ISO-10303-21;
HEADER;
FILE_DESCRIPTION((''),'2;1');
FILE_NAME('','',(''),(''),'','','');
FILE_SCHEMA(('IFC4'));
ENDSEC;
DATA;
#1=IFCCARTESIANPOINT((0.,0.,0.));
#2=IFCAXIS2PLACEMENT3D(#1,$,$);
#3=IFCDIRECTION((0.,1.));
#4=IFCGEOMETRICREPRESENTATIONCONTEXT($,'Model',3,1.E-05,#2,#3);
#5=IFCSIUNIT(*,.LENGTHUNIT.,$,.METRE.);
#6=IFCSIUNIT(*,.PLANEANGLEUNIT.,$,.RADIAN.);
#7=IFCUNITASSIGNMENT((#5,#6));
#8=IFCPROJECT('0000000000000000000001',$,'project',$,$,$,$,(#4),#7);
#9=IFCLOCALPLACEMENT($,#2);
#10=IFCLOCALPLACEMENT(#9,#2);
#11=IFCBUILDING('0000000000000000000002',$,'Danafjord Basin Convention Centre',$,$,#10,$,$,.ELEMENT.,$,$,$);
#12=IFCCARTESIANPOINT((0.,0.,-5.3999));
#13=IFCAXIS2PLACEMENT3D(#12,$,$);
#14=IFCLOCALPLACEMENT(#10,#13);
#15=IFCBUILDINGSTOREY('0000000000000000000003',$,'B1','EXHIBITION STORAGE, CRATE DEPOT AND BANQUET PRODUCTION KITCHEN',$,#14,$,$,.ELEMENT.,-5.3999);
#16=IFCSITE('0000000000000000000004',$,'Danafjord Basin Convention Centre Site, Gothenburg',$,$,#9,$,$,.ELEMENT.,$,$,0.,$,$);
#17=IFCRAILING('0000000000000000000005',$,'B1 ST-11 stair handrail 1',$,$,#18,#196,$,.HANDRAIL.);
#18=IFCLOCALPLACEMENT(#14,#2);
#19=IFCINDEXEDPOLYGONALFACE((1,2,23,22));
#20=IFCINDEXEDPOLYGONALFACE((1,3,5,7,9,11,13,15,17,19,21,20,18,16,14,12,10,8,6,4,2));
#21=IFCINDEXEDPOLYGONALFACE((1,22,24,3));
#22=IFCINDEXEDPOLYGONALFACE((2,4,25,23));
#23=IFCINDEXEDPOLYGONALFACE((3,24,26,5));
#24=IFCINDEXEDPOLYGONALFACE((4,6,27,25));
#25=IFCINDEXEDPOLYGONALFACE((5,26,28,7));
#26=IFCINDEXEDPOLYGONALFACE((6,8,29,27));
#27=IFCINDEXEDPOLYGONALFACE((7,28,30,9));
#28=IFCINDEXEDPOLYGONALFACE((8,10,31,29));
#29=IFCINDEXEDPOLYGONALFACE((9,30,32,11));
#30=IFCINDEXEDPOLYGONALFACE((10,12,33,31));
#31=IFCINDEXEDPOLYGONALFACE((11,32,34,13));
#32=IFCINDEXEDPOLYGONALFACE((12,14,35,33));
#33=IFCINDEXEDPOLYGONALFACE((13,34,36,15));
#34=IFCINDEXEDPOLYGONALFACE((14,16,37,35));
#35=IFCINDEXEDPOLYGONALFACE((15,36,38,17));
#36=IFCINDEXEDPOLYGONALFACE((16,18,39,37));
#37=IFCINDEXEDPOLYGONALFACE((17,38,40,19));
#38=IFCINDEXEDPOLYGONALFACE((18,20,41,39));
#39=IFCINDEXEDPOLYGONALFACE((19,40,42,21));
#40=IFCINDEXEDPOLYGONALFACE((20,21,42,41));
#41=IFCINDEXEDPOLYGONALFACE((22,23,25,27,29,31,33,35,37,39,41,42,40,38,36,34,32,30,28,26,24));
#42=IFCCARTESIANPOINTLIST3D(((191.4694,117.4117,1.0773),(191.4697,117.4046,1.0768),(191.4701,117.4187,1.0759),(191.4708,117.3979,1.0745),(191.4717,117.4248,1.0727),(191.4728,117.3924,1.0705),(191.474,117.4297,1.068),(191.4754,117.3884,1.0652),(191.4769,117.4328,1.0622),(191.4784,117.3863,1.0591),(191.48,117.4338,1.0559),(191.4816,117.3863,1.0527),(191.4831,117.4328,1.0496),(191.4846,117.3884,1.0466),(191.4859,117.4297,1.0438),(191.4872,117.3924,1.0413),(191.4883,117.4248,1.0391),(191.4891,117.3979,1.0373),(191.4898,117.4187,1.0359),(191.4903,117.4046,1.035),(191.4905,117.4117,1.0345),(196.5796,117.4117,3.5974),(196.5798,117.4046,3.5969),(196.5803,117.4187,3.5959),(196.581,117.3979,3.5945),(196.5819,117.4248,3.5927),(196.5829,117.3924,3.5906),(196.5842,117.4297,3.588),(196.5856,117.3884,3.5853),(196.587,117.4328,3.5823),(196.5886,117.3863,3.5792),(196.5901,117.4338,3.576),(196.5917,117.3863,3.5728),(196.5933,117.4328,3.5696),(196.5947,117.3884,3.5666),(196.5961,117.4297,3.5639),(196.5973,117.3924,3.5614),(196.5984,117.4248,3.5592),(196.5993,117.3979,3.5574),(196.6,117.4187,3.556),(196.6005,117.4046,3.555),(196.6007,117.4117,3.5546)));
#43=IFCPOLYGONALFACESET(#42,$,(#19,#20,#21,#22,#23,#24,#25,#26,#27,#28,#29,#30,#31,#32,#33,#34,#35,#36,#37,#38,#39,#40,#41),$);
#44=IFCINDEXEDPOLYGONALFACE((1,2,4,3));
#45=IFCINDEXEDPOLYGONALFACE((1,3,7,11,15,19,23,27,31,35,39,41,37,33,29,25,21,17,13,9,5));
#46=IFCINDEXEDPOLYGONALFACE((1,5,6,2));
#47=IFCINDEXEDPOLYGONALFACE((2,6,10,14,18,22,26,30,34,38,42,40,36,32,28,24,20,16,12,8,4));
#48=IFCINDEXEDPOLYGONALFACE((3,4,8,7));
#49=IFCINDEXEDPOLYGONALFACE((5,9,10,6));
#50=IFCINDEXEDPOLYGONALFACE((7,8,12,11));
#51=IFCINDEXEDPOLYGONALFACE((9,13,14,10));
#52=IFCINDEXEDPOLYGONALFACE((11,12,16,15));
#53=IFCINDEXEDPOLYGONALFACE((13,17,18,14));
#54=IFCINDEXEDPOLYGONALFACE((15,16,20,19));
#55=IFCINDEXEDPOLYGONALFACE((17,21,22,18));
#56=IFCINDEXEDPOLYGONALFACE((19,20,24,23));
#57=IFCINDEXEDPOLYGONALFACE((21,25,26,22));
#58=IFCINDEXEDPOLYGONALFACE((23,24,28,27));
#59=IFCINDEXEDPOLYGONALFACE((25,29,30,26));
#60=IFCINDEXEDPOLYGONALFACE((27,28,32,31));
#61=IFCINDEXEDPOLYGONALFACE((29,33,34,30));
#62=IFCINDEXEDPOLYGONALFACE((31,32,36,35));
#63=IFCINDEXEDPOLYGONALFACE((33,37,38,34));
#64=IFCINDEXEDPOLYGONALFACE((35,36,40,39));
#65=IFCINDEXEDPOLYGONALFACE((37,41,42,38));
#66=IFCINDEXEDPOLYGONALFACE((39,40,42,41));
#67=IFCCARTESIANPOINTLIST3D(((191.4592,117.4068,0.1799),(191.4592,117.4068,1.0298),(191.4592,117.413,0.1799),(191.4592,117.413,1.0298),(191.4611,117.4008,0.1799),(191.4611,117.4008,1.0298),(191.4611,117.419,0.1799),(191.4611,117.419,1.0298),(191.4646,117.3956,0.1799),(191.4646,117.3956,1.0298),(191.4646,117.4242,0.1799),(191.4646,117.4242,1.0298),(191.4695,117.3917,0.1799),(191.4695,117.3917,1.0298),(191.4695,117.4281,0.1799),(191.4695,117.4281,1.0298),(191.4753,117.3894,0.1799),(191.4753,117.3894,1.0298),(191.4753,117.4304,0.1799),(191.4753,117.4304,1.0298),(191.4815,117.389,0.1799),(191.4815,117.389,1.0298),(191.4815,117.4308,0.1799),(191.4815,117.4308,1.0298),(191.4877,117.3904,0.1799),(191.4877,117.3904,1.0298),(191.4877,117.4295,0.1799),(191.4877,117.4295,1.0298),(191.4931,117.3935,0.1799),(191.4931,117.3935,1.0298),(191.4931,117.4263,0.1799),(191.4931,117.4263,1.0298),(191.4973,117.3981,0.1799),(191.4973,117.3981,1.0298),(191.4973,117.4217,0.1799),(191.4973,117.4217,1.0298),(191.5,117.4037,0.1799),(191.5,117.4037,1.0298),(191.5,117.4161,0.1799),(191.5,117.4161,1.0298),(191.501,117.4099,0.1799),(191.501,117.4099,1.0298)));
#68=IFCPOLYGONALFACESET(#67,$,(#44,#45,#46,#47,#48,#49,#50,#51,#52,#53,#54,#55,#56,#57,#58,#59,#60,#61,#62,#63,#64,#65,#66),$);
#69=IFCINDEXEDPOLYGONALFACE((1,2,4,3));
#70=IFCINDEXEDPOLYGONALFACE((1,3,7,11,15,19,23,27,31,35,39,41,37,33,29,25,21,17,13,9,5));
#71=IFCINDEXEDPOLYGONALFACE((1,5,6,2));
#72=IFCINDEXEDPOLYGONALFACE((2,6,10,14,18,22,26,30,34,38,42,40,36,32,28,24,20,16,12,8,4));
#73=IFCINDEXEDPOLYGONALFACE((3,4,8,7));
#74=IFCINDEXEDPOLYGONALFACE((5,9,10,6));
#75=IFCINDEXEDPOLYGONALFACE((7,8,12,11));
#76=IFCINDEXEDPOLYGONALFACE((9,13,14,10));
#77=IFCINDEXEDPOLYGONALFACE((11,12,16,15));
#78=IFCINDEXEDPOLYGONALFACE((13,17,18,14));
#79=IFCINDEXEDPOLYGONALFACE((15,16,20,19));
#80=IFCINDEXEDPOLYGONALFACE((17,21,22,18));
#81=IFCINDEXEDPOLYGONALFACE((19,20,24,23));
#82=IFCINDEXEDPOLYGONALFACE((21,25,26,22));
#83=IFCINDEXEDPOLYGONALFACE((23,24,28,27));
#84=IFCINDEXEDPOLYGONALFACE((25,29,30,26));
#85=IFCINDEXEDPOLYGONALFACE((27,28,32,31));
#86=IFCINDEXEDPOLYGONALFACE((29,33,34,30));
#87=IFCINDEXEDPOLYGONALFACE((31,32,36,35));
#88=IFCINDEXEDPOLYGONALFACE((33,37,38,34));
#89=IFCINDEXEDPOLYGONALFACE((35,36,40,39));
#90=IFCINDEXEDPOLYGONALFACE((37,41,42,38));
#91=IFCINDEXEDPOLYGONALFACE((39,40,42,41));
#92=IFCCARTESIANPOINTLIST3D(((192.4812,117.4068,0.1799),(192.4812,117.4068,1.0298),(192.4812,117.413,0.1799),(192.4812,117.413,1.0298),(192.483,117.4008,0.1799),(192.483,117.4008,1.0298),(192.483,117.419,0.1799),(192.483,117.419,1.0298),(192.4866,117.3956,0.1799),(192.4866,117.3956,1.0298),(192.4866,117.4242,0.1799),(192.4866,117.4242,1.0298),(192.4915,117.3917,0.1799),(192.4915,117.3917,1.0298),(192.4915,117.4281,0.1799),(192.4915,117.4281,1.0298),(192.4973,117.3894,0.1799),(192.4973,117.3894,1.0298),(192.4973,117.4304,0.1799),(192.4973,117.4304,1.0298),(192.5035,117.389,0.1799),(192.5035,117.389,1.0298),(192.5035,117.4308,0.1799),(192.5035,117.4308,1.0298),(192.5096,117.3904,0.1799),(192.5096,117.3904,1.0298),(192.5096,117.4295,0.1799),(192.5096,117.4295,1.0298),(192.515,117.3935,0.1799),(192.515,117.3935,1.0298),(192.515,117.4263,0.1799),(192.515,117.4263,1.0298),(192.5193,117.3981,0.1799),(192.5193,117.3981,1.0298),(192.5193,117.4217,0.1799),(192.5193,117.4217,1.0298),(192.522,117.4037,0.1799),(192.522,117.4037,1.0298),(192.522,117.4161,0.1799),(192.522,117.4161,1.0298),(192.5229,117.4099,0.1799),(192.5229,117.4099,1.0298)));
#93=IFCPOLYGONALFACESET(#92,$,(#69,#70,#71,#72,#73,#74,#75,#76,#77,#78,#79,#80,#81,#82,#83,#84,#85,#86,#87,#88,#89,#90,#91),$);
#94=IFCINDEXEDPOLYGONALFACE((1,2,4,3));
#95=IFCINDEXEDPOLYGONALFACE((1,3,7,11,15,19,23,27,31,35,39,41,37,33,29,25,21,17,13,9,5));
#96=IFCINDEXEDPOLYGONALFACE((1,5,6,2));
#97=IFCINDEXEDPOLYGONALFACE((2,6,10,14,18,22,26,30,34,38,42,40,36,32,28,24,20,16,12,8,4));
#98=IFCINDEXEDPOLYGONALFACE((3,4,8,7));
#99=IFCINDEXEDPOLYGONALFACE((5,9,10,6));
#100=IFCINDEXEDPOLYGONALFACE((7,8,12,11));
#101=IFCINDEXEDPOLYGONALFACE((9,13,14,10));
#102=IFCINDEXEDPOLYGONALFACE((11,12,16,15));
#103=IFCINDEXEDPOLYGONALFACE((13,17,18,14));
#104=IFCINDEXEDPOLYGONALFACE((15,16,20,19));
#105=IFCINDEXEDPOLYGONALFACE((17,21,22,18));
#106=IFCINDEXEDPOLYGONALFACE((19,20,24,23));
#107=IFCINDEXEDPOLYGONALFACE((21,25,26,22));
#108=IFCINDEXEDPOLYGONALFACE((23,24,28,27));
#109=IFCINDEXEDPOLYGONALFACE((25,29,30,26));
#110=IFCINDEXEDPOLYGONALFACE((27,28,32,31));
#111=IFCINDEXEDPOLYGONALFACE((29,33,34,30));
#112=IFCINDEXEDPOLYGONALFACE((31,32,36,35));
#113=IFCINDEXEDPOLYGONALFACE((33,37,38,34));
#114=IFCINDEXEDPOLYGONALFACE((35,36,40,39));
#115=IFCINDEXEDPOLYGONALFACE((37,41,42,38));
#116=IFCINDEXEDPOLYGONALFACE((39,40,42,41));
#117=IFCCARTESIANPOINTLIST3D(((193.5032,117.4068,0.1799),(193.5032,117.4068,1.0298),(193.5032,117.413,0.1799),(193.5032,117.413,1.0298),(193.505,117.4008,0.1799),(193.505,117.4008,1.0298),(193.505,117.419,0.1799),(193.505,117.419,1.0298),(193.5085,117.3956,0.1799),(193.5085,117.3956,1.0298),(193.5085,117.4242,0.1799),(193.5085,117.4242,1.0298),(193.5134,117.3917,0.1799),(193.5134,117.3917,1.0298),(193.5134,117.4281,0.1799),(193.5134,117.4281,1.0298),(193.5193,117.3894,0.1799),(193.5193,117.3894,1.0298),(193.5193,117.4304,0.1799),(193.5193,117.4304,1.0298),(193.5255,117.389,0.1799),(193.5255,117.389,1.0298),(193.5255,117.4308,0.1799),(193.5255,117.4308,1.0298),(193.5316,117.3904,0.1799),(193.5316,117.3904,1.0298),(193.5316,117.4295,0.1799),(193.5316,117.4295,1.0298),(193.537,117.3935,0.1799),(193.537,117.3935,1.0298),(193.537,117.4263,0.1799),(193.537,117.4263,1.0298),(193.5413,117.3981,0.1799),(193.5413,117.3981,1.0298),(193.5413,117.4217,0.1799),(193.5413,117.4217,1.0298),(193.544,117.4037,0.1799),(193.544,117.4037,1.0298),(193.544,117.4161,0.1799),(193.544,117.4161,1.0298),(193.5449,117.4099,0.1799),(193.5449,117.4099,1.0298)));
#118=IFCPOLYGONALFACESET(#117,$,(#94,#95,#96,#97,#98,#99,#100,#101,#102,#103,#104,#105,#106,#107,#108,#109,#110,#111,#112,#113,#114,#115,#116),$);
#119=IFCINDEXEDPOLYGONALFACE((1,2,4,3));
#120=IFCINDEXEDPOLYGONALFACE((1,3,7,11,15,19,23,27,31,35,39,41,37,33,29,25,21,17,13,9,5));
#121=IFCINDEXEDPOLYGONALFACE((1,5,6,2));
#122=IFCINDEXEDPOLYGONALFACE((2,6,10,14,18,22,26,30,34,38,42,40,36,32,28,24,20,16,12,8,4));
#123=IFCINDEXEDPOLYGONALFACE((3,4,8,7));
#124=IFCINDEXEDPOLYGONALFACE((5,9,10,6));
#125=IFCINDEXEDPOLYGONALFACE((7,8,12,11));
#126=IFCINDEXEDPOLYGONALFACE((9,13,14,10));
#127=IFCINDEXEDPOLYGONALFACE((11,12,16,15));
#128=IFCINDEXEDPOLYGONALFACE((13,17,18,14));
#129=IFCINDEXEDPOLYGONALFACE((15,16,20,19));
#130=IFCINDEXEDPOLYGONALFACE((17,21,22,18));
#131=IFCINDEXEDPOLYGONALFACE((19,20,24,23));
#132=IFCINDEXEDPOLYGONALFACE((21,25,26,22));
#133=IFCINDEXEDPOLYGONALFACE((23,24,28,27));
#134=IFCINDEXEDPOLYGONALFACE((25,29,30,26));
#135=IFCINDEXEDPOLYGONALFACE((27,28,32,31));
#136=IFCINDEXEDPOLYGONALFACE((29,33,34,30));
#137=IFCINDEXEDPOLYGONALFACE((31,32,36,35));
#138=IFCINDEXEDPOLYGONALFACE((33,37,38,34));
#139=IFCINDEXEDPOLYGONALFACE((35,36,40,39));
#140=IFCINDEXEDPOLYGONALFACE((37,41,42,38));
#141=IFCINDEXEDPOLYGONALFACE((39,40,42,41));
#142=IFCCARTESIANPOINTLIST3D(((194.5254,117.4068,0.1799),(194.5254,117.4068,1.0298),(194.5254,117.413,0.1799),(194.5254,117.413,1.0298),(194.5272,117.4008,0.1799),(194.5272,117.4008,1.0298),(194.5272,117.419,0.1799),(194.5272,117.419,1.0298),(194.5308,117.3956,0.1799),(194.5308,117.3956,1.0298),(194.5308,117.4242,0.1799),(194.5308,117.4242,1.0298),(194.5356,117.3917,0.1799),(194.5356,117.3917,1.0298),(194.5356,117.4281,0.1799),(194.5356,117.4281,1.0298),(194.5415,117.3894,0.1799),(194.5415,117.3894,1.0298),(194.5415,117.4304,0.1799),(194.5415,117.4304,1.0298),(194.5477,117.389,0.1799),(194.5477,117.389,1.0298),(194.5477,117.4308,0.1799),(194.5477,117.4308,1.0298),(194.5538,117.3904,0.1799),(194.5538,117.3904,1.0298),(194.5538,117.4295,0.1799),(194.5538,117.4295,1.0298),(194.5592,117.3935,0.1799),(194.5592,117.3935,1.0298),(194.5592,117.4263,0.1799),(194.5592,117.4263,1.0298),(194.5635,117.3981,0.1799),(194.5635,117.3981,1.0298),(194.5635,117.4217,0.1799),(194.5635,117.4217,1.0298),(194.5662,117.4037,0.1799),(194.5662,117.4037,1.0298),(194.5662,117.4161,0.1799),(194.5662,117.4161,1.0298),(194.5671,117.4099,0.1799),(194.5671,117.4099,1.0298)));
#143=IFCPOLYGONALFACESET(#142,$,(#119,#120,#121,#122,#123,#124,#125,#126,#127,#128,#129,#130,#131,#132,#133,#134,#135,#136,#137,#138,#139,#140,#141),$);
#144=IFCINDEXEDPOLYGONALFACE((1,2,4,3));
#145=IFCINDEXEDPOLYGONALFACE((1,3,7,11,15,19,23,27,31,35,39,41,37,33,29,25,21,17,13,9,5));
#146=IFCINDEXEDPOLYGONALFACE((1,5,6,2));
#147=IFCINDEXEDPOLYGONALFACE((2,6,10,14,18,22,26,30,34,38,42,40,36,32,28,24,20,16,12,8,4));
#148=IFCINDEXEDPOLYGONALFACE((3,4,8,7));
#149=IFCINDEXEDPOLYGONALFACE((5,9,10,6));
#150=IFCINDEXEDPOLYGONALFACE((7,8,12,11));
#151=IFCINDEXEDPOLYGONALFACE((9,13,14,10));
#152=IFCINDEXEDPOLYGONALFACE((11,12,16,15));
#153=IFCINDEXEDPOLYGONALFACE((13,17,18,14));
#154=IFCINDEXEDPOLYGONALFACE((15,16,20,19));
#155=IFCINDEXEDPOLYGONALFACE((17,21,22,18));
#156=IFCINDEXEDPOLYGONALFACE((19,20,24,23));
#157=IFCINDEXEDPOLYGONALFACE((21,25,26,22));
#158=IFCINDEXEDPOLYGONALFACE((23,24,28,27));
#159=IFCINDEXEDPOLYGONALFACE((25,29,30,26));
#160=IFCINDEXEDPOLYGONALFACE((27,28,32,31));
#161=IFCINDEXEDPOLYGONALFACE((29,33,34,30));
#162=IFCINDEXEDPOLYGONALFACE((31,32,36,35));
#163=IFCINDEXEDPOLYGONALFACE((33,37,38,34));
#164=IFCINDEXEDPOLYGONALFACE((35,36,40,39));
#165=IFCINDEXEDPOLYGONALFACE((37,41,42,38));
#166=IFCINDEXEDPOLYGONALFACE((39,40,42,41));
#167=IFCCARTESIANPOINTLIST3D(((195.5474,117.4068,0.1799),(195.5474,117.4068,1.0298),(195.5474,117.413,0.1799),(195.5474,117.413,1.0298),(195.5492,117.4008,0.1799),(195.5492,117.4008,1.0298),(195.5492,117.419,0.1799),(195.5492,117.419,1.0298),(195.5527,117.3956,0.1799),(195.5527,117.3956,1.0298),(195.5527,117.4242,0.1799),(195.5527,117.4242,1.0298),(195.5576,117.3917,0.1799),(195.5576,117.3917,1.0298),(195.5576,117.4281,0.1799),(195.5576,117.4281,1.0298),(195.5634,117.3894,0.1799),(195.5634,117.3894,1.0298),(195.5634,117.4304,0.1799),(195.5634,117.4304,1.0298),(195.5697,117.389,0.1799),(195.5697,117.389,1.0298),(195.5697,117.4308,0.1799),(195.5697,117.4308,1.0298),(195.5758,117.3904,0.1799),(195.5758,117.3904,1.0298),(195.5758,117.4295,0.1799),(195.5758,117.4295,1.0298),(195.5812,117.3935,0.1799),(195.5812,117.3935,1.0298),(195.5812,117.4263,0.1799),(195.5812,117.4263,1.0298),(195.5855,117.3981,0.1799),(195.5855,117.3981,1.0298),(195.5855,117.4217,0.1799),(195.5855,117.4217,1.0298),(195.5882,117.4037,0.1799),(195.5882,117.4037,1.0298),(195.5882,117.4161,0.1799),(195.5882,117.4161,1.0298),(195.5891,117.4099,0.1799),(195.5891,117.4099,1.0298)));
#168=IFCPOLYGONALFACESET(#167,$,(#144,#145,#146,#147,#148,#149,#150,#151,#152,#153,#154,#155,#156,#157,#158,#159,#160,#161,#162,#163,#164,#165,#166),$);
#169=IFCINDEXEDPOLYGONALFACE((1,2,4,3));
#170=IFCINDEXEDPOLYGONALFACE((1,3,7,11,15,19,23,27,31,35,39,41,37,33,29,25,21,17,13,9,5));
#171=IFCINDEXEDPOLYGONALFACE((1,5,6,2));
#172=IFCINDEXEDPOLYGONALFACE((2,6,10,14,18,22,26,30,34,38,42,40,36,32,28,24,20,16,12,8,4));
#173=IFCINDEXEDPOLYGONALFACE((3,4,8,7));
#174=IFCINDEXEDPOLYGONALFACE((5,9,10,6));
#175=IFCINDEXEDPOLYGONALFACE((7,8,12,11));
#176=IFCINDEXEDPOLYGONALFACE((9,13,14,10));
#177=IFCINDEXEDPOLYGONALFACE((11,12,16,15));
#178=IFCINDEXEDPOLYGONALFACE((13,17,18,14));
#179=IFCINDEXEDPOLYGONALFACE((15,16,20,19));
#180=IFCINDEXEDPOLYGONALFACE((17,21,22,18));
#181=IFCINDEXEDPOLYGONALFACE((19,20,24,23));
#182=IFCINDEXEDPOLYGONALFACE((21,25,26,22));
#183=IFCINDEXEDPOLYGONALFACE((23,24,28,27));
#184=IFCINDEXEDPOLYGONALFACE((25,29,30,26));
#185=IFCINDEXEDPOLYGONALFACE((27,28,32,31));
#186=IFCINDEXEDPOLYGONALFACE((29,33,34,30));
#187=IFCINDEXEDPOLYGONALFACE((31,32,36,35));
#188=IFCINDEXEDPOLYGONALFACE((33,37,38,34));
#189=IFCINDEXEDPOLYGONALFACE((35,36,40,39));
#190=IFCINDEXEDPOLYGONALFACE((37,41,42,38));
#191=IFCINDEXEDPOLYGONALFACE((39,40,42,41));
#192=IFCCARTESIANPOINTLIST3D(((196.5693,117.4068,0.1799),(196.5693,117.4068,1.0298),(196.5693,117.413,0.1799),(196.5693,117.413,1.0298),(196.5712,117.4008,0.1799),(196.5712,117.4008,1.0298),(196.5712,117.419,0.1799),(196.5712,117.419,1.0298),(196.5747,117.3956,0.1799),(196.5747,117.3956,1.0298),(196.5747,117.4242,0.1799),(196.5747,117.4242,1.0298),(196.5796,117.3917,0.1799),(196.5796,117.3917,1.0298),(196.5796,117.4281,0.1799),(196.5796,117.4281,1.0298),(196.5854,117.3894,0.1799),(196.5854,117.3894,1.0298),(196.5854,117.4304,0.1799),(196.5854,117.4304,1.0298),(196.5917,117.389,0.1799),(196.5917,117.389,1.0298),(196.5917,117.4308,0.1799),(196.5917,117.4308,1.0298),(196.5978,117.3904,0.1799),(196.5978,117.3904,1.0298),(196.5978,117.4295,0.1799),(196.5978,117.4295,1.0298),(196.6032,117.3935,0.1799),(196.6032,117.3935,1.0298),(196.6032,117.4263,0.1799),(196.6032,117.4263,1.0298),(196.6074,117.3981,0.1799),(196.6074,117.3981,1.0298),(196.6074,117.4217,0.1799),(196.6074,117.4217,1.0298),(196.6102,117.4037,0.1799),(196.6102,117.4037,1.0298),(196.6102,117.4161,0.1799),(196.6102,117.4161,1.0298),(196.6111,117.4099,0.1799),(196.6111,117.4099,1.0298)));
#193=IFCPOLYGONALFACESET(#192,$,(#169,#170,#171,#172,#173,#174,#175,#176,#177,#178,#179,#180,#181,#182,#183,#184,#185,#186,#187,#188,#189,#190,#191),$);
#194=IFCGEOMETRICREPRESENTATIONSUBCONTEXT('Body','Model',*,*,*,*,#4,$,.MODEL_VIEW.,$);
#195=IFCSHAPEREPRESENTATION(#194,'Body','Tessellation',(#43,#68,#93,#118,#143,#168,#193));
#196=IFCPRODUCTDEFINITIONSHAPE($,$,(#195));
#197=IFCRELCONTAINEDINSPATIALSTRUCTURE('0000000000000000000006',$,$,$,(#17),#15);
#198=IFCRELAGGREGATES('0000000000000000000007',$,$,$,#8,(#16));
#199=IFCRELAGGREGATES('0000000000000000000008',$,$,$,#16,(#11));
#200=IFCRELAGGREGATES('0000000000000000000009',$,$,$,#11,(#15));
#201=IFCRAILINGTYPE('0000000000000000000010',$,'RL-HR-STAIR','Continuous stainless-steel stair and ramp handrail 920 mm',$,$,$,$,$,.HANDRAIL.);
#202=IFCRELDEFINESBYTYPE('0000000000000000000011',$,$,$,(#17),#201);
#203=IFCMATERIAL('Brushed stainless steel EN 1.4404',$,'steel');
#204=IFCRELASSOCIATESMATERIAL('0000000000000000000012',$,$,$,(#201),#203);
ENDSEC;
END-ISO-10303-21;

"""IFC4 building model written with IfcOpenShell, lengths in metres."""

from ifc_helpers import new_model, si_unit, direction, frame, origin, origin_2d, place, context, subcontext, project, spatial, circle, extrude, material, type_object, element, save


model = new_model("IFC4")

# Units and contexts
model_context = context("Model", 3, precision=1e-05, world=origin(), true_north=direction((0.0, 1.0)))
body_context = subcontext(model_context, "Body", "Model", "MODEL_VIEW")
ifc_project = project(units=[si_unit("LENGTHUNIT", "METRE"), si_unit("PLANEANGLEUNIT", "RADIAN")], contexts=[model_context])

# Site, building, storey
site_placement = place(None, origin())
site = spatial("IfcSite", under=ifc_project, at=site_placement, Name="Danafjord Basin Convention Centre Site, Gothenburg", CompositionType="ELEMENT", RefElevation=0.0)
building_placement = place(site_placement, origin())
building = spatial("IfcBuilding", under=site, at=building_placement, Name="Danafjord Basin Convention Centre", CompositionType="ELEMENT")
storey_placement = place(building_placement, frame((0.0, 0.0, -5.3999)))
storey = spatial("IfcBuildingStorey", under=building, at=storey_placement, Name="B1", Description="EXHIBITION STORAGE, CRATE DEPOT AND BANQUET PRODUCTION KITCHEN", CompositionType="ELEMENT", Elevation=-5.3999)

# Railing
ifc_material_1 = material(Name="Brushed stainless steel EN 1.4404", Category="steel")
railing_type_1 = type_object("IfcRailingType", Name="RL-HR-STAIR", Description="Continuous stainless-steel stair and ramp handrail 920 mm", PredefinedType="HANDRAIL", material=ifc_material_1)
railing_1_placement = place(storey_placement, frame((191.48, 117.4099, 0.1799)))
element("IfcRailing", 1, at=railing_1_placement, inside=storey, type_object=railing_type_1, Name="B1 ST-11 stair handrail 1", PredefinedType="HANDRAIL", context=body_context, shape_type="SweptSolid", body=[
    extrude(circle(Radius=0.0239, at=origin_2d()), frame((0.0, 0.0, 0.876), z_axis=(0.896873, 0.0, 0.442288), x_axis=(0.0, 1.0, 0.0)), (0.0, 0.0, 1.0), 5.6978),
    extrude(circle(Radius=0.021, at=origin_2d()), origin(), (0.0, 0.0, 1.0), 0.8499),
    extrude(circle(Radius=0.021, at=origin_2d()), frame((1.022, 0.0, 0.0)), (0.0, 0.0, 1.0), 0.8499),
    extrude(circle(Radius=0.021, at=origin_2d()), frame((2.0439, 0.0, 0.0)), (0.0, 0.0, 1.0), 0.8499),
    extrude(circle(Radius=0.021, at=origin_2d()), frame((3.0662, 0.0, 0.0)), (0.0, 0.0, 1.0), 0.8499),
    extrude(circle(Radius=0.021, at=origin_2d()), frame((4.0881, 0.0, 0.0)), (0.0, 0.0, 1.0), 0.8499),
    extrude(circle(Radius=0.021, at=origin_2d()), frame((5.1101, 0.0, 0.0)), (0.0, 0.0, 1.0), 0.8499),
])

save(model, "model.ifc")
